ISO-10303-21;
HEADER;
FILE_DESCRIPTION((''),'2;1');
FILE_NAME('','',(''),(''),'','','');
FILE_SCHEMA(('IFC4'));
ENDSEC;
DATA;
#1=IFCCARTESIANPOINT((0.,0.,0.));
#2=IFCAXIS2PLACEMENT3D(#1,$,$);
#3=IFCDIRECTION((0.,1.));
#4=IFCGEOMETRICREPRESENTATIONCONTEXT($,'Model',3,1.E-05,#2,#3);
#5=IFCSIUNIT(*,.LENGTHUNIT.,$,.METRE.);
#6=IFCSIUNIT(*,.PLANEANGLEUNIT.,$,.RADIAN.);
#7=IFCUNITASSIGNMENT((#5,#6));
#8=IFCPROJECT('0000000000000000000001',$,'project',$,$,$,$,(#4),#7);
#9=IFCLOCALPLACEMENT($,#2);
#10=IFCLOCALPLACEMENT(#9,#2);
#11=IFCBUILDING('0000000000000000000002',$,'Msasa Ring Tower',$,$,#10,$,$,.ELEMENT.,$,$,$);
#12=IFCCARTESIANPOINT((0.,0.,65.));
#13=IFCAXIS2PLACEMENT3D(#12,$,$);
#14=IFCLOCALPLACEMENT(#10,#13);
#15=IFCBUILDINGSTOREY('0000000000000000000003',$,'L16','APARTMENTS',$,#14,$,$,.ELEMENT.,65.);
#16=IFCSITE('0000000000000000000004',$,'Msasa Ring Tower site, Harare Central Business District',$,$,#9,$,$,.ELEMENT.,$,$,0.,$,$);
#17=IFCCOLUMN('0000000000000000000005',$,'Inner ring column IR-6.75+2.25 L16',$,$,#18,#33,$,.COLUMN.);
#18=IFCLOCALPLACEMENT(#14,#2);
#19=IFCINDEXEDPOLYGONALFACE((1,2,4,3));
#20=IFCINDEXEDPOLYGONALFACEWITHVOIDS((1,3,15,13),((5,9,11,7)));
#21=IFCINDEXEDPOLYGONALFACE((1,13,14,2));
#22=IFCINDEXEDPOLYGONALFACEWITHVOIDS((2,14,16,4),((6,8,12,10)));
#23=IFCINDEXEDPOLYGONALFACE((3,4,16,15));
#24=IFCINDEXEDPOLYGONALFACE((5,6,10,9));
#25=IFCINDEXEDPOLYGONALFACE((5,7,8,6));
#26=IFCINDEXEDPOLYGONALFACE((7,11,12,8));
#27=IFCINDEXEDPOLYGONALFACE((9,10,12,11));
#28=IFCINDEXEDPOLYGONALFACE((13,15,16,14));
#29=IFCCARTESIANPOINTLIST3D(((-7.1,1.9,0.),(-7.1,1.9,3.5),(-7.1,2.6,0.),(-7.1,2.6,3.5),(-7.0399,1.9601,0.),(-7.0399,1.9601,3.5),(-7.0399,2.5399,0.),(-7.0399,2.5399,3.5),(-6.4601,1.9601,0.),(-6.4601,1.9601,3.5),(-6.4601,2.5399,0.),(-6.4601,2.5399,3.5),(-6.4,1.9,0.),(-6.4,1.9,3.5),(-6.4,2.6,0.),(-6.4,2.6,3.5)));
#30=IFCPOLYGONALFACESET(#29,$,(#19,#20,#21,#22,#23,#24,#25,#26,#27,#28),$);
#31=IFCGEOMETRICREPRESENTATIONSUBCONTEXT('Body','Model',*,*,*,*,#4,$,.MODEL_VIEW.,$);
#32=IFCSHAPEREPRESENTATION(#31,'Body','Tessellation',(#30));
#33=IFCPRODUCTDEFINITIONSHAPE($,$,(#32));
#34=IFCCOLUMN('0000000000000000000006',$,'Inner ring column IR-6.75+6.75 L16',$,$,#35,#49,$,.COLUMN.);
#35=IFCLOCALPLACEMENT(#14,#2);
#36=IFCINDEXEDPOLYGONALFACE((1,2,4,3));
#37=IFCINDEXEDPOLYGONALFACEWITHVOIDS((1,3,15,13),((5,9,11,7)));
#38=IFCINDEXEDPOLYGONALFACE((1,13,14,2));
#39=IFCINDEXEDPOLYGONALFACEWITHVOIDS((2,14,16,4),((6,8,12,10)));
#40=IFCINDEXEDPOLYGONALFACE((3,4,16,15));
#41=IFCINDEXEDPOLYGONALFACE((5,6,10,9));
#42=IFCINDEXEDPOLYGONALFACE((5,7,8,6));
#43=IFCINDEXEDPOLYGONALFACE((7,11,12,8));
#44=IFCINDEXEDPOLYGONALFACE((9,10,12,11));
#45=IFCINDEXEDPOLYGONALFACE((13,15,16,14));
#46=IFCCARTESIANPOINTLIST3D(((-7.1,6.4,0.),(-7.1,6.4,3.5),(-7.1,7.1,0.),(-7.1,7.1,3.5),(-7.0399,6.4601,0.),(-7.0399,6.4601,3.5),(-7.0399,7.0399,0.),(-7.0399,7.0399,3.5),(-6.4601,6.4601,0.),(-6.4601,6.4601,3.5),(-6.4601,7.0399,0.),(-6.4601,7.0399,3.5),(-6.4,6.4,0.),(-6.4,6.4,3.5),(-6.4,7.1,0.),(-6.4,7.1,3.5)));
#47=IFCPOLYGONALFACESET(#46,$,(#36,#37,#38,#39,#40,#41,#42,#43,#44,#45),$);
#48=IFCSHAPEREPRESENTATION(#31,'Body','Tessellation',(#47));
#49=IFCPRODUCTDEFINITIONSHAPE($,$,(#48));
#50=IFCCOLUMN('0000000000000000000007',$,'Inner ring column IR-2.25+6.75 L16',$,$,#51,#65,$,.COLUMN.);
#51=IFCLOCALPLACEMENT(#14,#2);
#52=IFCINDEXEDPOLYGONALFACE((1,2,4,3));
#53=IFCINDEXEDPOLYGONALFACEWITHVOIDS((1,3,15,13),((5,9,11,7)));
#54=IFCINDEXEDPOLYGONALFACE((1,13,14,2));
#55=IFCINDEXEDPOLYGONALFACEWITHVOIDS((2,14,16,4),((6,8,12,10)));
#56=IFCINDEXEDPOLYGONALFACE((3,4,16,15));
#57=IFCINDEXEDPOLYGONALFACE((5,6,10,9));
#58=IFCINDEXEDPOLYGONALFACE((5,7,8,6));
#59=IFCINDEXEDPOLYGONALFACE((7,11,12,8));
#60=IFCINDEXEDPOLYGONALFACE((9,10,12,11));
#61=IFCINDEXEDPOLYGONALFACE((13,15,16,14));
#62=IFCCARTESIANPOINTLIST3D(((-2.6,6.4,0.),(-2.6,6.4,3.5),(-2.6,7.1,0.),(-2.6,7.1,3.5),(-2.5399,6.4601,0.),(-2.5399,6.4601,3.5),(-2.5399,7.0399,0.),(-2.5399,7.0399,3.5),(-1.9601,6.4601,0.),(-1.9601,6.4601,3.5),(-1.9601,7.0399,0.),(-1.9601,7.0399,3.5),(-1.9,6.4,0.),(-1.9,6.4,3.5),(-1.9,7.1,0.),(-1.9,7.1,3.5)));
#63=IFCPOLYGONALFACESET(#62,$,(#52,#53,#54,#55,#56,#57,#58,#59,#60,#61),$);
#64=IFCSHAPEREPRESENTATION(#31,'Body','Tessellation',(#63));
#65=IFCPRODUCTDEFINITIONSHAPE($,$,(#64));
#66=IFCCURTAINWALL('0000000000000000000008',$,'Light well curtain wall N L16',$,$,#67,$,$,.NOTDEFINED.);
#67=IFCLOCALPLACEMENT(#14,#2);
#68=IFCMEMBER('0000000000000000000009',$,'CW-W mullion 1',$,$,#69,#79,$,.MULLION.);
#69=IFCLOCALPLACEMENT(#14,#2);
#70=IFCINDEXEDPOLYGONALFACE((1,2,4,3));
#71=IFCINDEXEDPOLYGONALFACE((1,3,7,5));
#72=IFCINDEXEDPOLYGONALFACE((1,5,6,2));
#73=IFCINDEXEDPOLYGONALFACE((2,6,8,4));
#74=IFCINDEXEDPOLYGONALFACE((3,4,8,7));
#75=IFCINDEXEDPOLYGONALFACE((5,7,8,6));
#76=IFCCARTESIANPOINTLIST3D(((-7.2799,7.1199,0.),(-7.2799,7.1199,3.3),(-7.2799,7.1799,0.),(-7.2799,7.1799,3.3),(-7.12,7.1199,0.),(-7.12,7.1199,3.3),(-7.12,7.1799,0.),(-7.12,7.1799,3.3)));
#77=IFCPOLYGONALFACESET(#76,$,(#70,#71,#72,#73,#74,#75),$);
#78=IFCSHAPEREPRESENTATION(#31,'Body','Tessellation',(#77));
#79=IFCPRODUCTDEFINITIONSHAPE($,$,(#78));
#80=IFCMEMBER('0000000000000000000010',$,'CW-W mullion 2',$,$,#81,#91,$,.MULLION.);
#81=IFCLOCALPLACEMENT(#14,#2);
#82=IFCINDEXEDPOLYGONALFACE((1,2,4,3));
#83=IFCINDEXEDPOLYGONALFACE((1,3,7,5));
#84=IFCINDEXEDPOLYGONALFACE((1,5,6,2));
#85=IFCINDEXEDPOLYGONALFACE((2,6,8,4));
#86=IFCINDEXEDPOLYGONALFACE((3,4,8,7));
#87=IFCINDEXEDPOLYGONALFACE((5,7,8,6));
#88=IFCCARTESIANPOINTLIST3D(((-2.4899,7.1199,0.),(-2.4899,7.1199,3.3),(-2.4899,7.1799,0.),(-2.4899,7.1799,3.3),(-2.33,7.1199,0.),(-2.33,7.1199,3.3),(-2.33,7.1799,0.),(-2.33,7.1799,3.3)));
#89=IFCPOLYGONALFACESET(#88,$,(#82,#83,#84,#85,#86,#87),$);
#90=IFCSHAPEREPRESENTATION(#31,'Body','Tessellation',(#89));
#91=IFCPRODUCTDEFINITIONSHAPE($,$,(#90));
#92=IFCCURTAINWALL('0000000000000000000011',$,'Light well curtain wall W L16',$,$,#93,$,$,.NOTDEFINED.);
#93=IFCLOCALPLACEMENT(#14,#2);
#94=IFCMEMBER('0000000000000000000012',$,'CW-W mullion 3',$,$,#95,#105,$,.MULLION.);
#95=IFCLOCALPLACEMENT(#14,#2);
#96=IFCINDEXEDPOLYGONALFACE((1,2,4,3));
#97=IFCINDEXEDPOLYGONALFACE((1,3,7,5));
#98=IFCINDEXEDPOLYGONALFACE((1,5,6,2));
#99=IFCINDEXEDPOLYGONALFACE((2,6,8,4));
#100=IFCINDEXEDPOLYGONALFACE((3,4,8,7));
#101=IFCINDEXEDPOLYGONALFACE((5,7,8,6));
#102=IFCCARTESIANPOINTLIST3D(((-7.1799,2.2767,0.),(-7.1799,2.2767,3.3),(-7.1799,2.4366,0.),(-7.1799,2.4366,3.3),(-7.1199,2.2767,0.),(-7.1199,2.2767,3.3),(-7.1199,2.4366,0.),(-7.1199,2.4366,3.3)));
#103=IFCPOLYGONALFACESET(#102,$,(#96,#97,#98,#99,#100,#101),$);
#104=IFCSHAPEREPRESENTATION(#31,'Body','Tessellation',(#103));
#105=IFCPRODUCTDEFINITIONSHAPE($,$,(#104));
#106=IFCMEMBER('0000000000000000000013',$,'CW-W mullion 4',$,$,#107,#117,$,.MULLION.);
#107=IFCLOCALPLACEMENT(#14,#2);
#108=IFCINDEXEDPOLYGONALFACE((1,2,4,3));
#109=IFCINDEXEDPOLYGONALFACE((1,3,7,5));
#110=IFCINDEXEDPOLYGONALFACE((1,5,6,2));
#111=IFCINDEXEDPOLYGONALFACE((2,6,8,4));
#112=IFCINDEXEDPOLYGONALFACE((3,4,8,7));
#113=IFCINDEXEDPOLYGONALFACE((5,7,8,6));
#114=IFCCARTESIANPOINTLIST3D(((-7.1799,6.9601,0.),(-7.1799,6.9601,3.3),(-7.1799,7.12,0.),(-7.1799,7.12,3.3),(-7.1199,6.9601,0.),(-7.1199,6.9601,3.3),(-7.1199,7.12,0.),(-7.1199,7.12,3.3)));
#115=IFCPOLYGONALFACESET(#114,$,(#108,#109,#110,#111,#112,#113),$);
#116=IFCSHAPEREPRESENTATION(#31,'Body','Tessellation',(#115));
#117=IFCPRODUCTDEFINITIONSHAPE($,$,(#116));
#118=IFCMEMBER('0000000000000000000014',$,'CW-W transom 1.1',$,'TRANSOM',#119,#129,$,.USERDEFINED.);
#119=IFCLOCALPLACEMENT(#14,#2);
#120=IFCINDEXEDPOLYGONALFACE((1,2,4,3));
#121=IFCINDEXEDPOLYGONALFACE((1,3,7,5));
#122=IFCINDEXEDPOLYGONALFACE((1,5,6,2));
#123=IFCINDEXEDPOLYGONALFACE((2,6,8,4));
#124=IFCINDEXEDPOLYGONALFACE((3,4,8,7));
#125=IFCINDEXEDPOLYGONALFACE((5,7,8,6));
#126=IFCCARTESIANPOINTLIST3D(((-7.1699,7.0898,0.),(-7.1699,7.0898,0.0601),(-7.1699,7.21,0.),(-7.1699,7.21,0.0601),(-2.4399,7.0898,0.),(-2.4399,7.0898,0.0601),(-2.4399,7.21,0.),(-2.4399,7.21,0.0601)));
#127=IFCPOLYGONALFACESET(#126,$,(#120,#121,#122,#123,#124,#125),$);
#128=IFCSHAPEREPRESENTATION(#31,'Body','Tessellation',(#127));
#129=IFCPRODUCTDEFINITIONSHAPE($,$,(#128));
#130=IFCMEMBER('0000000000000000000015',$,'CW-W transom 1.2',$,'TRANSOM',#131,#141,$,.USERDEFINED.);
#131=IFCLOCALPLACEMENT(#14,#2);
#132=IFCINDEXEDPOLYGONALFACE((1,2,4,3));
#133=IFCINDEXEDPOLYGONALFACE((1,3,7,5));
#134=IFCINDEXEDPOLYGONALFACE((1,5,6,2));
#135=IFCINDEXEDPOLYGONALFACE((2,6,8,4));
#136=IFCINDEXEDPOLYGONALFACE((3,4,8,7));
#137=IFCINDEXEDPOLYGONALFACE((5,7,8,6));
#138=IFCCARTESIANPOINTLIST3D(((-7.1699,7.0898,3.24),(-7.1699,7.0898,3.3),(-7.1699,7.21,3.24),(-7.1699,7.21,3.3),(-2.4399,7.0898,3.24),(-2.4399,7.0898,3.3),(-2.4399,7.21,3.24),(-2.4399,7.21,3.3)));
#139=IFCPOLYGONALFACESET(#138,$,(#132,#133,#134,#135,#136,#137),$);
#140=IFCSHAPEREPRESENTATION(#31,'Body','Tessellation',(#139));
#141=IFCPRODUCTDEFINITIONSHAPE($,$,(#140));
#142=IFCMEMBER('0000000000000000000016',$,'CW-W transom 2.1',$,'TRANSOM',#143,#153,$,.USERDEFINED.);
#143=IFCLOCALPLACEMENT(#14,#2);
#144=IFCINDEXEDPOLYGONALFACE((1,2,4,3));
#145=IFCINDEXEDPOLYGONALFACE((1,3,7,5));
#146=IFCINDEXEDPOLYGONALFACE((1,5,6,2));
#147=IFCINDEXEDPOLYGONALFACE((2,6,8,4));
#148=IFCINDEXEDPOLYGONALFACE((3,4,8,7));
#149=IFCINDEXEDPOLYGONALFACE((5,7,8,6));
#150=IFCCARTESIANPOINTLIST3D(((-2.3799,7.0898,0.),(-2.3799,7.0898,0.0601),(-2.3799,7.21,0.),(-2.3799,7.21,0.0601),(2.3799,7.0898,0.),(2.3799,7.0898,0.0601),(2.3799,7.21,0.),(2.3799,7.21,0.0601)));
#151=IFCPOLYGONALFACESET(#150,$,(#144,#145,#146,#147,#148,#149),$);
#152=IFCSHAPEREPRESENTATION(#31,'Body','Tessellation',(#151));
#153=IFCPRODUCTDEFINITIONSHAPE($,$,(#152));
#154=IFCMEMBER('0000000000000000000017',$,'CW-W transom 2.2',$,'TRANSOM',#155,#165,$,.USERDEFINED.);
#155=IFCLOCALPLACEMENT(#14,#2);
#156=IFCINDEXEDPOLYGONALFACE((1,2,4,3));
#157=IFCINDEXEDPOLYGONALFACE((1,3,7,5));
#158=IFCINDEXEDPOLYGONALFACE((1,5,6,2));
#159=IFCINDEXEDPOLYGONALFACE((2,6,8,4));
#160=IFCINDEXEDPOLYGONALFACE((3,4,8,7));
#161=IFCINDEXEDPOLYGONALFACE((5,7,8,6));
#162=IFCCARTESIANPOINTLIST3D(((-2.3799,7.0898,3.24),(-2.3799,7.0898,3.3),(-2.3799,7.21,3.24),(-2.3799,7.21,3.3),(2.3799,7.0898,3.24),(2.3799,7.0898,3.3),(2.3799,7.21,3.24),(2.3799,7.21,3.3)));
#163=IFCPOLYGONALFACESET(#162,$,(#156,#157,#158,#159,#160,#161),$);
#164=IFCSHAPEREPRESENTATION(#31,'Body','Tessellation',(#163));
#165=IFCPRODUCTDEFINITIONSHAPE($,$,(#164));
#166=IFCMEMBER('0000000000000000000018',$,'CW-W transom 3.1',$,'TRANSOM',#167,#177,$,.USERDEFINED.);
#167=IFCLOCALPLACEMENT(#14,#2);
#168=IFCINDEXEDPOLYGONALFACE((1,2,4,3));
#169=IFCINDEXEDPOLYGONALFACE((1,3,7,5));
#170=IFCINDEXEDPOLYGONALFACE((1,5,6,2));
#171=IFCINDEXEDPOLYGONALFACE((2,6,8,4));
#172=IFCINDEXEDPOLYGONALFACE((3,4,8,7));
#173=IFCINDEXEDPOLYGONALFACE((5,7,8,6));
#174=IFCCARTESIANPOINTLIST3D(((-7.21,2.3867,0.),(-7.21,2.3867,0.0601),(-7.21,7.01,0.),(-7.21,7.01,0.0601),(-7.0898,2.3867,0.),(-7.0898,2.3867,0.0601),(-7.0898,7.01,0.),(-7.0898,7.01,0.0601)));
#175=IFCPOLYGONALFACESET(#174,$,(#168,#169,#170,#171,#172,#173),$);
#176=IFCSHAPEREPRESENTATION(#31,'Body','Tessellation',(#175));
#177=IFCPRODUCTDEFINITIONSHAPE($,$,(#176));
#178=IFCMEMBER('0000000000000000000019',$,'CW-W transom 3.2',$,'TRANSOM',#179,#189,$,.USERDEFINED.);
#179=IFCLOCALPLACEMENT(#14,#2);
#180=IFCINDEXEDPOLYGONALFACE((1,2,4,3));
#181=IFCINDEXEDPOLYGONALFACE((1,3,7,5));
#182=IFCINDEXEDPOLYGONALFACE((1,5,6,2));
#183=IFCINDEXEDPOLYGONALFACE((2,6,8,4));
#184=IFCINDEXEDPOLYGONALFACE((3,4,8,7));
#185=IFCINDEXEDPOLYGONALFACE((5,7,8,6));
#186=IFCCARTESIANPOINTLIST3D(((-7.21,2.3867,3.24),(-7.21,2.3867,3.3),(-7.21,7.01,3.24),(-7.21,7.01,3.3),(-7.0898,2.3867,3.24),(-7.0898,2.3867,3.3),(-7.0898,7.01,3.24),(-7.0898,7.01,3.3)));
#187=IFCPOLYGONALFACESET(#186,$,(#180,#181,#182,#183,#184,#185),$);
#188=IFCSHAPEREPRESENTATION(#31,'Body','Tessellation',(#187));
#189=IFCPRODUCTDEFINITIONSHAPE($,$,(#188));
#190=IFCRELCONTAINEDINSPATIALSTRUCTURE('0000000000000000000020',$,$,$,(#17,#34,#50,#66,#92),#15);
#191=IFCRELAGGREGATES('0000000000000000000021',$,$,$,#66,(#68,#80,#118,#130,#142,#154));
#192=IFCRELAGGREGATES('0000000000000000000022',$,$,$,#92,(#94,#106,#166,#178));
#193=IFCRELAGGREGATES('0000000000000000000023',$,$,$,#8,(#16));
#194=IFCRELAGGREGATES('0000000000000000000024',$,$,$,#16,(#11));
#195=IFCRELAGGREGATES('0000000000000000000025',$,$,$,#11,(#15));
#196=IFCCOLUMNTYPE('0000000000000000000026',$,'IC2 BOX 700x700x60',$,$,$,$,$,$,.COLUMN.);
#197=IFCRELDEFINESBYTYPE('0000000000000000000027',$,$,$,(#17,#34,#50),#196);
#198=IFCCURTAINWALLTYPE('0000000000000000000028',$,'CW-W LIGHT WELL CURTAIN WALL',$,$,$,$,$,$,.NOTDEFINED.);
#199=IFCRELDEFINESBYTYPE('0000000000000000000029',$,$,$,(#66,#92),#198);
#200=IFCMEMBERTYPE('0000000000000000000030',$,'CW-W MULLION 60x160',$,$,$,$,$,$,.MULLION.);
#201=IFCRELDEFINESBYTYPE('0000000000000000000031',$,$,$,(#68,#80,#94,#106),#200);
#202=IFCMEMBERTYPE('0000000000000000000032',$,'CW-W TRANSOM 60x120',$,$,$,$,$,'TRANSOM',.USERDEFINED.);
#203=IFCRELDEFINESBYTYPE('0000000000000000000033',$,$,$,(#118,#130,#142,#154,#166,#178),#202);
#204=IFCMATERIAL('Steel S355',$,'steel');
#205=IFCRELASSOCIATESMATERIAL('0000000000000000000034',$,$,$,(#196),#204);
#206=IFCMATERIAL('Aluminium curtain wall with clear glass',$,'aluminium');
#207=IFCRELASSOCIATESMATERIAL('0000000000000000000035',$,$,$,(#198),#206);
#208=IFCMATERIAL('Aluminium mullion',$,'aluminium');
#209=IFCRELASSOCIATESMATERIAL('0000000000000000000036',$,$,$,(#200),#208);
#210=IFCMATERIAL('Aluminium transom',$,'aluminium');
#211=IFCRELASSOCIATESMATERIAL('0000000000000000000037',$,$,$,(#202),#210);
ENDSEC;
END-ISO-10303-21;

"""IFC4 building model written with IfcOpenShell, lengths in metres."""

from ifc_helpers import new_model, si_unit, direction, frame, origin, origin_2d, place, context, subcontext, project, spatial, rectangle, hollow_rectangle, extrude, material, material_profile, profile_set, type_object, element, aggregate, save


model = new_model("IFC4")

# Units and contexts
model_context = context("Model", 3, precision=1e-05, world=origin(), true_north=direction((0.0, 1.0)))
body_context = subcontext(model_context, "Body", "Model", "MODEL_VIEW")
ifc_project = project(units=[si_unit("LENGTHUNIT", "METRE"), si_unit("PLANEANGLEUNIT", "RADIAN")], contexts=[model_context])

# Site, building, storey
site_placement = place(None, origin())
site = spatial("IfcSite", under=ifc_project, at=site_placement, Name="Msasa Ring Tower site, Harare Central Business District", CompositionType="ELEMENT", RefElevation=0.0)
building_placement = place(site_placement, origin())
building = spatial("IfcBuilding", under=site, at=building_placement, Name="Msasa Ring Tower", CompositionType="ELEMENT")
storey_placement = place(building_placement, frame((0.0, 0.0, 65.0)))
storey = spatial("IfcBuildingStorey", under=building, at=storey_placement, Name="L16", Description="APARTMENTS", CompositionType="ELEMENT", Elevation=65.0)

# Columns
ifc_material_1 = material(Name="Steel S355", Category="steel")
ifc_material_profile_1 = material_profile(ifc_material_1, hollow_rectangle(XDim=0.7, YDim=0.7, WallThickness=0.0601, at=origin_2d()), Name="BOX 700x700x60")
ifc_profile_set_1 = profile_set([ifc_material_profile_1], Name="Steel S355")
column_type = type_object("IfcColumnType", Name="IC2 BOX 700x700x60", PredefinedType="COLUMN", material=ifc_profile_set_1)
for number, where, z_axis, x_axis, name in (
    (1, (-6.75, 2.25, 0.0), (0.0, 0.0, 1.0), (1.0, 0.0, 0.0), "Inner ring column IR-6.75+2.25 L16"),
    (2, (-6.75, 6.75, 0.0), (0.0, 0.0, 1.0), (1.0, 0.0, 0.0), "Inner ring column IR-6.75+6.75 L16"),
    (3, (-2.25, 6.75, 0.0), (0.0, 0.0, 1.0), (1.0, 0.0, 0.0), "Inner ring column IR-2.25+6.75 L16"),
):
    element("IfcColumn", number, at=place(storey_placement, frame(where, z_axis=z_axis, x_axis=x_axis)), inside=storey, type_object=column_type, Name=name, PredefinedType="COLUMN", context=body_context, shape_type="SweptSolid", body=[
        extrude(hollow_rectangle(XDim=0.7, YDim=0.7, WallThickness=0.0601, at=origin_2d()), origin(), (0.0, 0.0, 1.0), 3.5),
    ])

# Curtain walls, members
ifc_material_2 = material(Name="Aluminium curtain wall with clear glass", Category="aluminium")
curtain_wall_type = type_object("IfcCurtainWallType", Name="CW-W LIGHT WELL CURTAIN WALL", PredefinedType="NOTDEFINED", material=ifc_material_2)
curtain_wall_1_placement = place(storey_placement, origin())
curtain_wall_1 = element("IfcCurtainWall", 4, at=curtain_wall_1_placement, inside=storey, type_object=curtain_wall_type, Name="Light well curtain wall N L16", PredefinedType="NOTDEFINED")
ifc_material_3 = material(Name="Aluminium mullion", Category="aluminium")
ifc_material_profile_2 = material_profile(ifc_material_3, rectangle(XDim=0.0601, YDim=0.1599, at=origin_2d()), Name="AL 60x160")
ifc_profile_set_2 = profile_set([ifc_material_profile_2], Name="Aluminium mullion")
member_type_1 = type_object("IfcMemberType", Name="CW-W MULLION 60x160", PredefinedType="MULLION", material=ifc_profile_set_2)
member_1_placement = place(storey_placement, frame((-7.2, 7.1499, 0.0), z_axis=(0.0, 0.0, 1.0), x_axis=(0.0, 1.0, 0.0)))
member_1 = element("IfcMember", 5, at=member_1_placement, type_object=member_type_1, Name="CW-W mullion 1", PredefinedType="MULLION", context=body_context, shape_type="SweptSolid", body=[
    extrude(rectangle(XDim=0.0601, YDim=0.1599, at=origin_2d()), origin(), (0.0, 0.0, 1.0), 3.3),
])
member_2_placement = place(storey_placement, frame((-2.4099, 7.1499, 0.0), z_axis=(0.0, 0.0, 1.0), x_axis=(0.0, 1.0, 0.0)))
member_2 = element("IfcMember", 6, at=member_2_placement, type_object=member_type_1, Name="CW-W mullion 2", PredefinedType="MULLION", context=body_context, shape_type="SweptSolid", body=[
    extrude(rectangle(XDim=0.0601, YDim=0.1599, at=origin_2d()), origin(), (0.0, 0.0, 1.0), 3.3),
])
curtain_wall_2_placement = place(storey_placement, origin())
curtain_wall_2 = element("IfcCurtainWall", 7, at=curtain_wall_2_placement, inside=storey, type_object=curtain_wall_type, Name="Light well curtain wall W L16", PredefinedType="NOTDEFINED")
member_3_placement = place(storey_placement, frame((-7.1499, 2.3567, 0.0), z_axis=(0.0, 0.0, 1.0), x_axis=(-1.0, 0.0, 0.0)))
member_3 = element("IfcMember", 8, at=member_3_placement, type_object=member_type_1, Name="CW-W mullion 3", PredefinedType="MULLION", context=body_context, shape_type="SweptSolid", body=[
    extrude(rectangle(XDim=0.0601, YDim=0.1599, at=origin_2d()), origin(), (0.0, 0.0, 1.0), 3.3),
])
member_4_placement = place(storey_placement, frame((-7.1499, 7.04, 0.0), z_axis=(0.0, 0.0, 1.0), x_axis=(-1.0, 0.0, 0.0)))
member_4 = element("IfcMember", 9, at=member_4_placement, type_object=member_type_1, Name="CW-W mullion 4", PredefinedType="MULLION", context=body_context, shape_type="SweptSolid", body=[
    extrude(rectangle(XDim=0.0601, YDim=0.1599, at=origin_2d()), origin(), (0.0, 0.0, 1.0), 3.3),
])

# Members
ifc_material_4 = material(Name="Aluminium transom", Category="aluminium")
ifc_material_profile_3 = material_profile(ifc_material_4, rectangle(XDim=0.1201, YDim=0.0601, at=origin_2d()), Name="AL 60x120")
ifc_profile_set_3 = profile_set([ifc_material_profile_3], Name="Aluminium transom")
member_type_2 = type_object("IfcMemberType", Name="CW-W TRANSOM 60x120", ElementType="TRANSOM", PredefinedType="USERDEFINED", material=ifc_profile_set_3)
member_5_placement = place(storey_placement, frame((-7.1699, 7.1499, 0.03), z_axis=(1.0, 0.0, 0.0), x_axis=(0.0, 1.0, 0.0)))
member_5 = element("IfcMember", 10, at=member_5_placement, type_object=member_type_2, Name="CW-W transom 1.1", ObjectType="TRANSOM", PredefinedType="USERDEFINED", context=body_context, shape_type="SweptSolid", body=[
    extrude(rectangle(XDim=0.1201, YDim=0.0601, at=origin_2d()), origin(), (0.0, 0.0, 1.0), 4.73),
])
member_6_placement = place(storey_placement, frame((-7.1699, 7.1499, 3.27), z_axis=(1.0, 0.0, 0.0), x_axis=(0.0, 1.0, 0.0)))
member_6 = element("IfcMember", 11, at=member_6_placement, type_object=member_type_2, Name="CW-W transom 1.2", ObjectType="TRANSOM", PredefinedType="USERDEFINED", context=body_context, shape_type="SweptSolid", body=[
    extrude(rectangle(XDim=0.1201, YDim=0.0601, at=origin_2d()), origin(), (0.0, 0.0, 1.0), 4.73),
])
member_7_placement = place(storey_placement, frame((-2.3799, 7.1499, 0.03), z_axis=(1.0, 0.0, 0.0), x_axis=(0.0, 1.0, 0.0)))
member_7 = element("IfcMember", 12, at=member_7_placement, type_object=member_type_2, Name="CW-W transom 2.1", ObjectType="TRANSOM", PredefinedType="USERDEFINED", context=body_context, shape_type="SweptSolid", body=[
    extrude(rectangle(XDim=0.1201, YDim=0.0601, at=origin_2d()), origin(), (0.0, 0.0, 1.0), 4.7598),
])
member_8_placement = place(storey_placement, frame((-2.3799, 7.1499, 3.27), z_axis=(1.0, 0.0, 0.0), x_axis=(0.0, 1.0, 0.0)))
member_8 = element("IfcMember", 13, at=member_8_placement, type_object=member_type_2, Name="CW-W transom 2.2", ObjectType="TRANSOM", PredefinedType="USERDEFINED", context=body_context, shape_type="SweptSolid", body=[
    extrude(rectangle(XDim=0.1201, YDim=0.0601, at=origin_2d()), origin(), (0.0, 0.0, 1.0), 4.7598),
])
member_9_placement = place(storey_placement, frame((-7.1499, 2.3867, 0.03), z_axis=(0.0, 1.0, 0.0), x_axis=(-1.0, 0.0, 0.0)))
member_9 = element("IfcMember", 14, at=member_9_placement, type_object=member_type_2, Name="CW-W transom 3.1", ObjectType="TRANSOM", PredefinedType="USERDEFINED", context=body_context, shape_type="SweptSolid", body=[
    extrude(rectangle(XDim=0.1201, YDim=0.0601, at=origin_2d()), origin(), (0.0, 0.0, 1.0), 4.6233),
])
member_10_placement = place(storey_placement, frame((-7.1499, 2.3867, 3.27), z_axis=(0.0, 1.0, 0.0), x_axis=(-1.0, 0.0, 0.0)))
member_10 = element("IfcMember", 15, at=member_10_placement, type_object=member_type_2, Name="CW-W transom 3.2", ObjectType="TRANSOM", PredefinedType="USERDEFINED", context=body_context, shape_type="SweptSolid", body=[
    extrude(rectangle(XDim=0.1201, YDim=0.0601, at=origin_2d()), origin(), (0.0, 0.0, 1.0), 4.6233),
])

aggregate(curtain_wall_1, [member_1, member_2, member_5, member_6, member_7, member_8])
aggregate(curtain_wall_2, [member_3, member_4, member_9, member_10])

save(model, "model.ifc")
